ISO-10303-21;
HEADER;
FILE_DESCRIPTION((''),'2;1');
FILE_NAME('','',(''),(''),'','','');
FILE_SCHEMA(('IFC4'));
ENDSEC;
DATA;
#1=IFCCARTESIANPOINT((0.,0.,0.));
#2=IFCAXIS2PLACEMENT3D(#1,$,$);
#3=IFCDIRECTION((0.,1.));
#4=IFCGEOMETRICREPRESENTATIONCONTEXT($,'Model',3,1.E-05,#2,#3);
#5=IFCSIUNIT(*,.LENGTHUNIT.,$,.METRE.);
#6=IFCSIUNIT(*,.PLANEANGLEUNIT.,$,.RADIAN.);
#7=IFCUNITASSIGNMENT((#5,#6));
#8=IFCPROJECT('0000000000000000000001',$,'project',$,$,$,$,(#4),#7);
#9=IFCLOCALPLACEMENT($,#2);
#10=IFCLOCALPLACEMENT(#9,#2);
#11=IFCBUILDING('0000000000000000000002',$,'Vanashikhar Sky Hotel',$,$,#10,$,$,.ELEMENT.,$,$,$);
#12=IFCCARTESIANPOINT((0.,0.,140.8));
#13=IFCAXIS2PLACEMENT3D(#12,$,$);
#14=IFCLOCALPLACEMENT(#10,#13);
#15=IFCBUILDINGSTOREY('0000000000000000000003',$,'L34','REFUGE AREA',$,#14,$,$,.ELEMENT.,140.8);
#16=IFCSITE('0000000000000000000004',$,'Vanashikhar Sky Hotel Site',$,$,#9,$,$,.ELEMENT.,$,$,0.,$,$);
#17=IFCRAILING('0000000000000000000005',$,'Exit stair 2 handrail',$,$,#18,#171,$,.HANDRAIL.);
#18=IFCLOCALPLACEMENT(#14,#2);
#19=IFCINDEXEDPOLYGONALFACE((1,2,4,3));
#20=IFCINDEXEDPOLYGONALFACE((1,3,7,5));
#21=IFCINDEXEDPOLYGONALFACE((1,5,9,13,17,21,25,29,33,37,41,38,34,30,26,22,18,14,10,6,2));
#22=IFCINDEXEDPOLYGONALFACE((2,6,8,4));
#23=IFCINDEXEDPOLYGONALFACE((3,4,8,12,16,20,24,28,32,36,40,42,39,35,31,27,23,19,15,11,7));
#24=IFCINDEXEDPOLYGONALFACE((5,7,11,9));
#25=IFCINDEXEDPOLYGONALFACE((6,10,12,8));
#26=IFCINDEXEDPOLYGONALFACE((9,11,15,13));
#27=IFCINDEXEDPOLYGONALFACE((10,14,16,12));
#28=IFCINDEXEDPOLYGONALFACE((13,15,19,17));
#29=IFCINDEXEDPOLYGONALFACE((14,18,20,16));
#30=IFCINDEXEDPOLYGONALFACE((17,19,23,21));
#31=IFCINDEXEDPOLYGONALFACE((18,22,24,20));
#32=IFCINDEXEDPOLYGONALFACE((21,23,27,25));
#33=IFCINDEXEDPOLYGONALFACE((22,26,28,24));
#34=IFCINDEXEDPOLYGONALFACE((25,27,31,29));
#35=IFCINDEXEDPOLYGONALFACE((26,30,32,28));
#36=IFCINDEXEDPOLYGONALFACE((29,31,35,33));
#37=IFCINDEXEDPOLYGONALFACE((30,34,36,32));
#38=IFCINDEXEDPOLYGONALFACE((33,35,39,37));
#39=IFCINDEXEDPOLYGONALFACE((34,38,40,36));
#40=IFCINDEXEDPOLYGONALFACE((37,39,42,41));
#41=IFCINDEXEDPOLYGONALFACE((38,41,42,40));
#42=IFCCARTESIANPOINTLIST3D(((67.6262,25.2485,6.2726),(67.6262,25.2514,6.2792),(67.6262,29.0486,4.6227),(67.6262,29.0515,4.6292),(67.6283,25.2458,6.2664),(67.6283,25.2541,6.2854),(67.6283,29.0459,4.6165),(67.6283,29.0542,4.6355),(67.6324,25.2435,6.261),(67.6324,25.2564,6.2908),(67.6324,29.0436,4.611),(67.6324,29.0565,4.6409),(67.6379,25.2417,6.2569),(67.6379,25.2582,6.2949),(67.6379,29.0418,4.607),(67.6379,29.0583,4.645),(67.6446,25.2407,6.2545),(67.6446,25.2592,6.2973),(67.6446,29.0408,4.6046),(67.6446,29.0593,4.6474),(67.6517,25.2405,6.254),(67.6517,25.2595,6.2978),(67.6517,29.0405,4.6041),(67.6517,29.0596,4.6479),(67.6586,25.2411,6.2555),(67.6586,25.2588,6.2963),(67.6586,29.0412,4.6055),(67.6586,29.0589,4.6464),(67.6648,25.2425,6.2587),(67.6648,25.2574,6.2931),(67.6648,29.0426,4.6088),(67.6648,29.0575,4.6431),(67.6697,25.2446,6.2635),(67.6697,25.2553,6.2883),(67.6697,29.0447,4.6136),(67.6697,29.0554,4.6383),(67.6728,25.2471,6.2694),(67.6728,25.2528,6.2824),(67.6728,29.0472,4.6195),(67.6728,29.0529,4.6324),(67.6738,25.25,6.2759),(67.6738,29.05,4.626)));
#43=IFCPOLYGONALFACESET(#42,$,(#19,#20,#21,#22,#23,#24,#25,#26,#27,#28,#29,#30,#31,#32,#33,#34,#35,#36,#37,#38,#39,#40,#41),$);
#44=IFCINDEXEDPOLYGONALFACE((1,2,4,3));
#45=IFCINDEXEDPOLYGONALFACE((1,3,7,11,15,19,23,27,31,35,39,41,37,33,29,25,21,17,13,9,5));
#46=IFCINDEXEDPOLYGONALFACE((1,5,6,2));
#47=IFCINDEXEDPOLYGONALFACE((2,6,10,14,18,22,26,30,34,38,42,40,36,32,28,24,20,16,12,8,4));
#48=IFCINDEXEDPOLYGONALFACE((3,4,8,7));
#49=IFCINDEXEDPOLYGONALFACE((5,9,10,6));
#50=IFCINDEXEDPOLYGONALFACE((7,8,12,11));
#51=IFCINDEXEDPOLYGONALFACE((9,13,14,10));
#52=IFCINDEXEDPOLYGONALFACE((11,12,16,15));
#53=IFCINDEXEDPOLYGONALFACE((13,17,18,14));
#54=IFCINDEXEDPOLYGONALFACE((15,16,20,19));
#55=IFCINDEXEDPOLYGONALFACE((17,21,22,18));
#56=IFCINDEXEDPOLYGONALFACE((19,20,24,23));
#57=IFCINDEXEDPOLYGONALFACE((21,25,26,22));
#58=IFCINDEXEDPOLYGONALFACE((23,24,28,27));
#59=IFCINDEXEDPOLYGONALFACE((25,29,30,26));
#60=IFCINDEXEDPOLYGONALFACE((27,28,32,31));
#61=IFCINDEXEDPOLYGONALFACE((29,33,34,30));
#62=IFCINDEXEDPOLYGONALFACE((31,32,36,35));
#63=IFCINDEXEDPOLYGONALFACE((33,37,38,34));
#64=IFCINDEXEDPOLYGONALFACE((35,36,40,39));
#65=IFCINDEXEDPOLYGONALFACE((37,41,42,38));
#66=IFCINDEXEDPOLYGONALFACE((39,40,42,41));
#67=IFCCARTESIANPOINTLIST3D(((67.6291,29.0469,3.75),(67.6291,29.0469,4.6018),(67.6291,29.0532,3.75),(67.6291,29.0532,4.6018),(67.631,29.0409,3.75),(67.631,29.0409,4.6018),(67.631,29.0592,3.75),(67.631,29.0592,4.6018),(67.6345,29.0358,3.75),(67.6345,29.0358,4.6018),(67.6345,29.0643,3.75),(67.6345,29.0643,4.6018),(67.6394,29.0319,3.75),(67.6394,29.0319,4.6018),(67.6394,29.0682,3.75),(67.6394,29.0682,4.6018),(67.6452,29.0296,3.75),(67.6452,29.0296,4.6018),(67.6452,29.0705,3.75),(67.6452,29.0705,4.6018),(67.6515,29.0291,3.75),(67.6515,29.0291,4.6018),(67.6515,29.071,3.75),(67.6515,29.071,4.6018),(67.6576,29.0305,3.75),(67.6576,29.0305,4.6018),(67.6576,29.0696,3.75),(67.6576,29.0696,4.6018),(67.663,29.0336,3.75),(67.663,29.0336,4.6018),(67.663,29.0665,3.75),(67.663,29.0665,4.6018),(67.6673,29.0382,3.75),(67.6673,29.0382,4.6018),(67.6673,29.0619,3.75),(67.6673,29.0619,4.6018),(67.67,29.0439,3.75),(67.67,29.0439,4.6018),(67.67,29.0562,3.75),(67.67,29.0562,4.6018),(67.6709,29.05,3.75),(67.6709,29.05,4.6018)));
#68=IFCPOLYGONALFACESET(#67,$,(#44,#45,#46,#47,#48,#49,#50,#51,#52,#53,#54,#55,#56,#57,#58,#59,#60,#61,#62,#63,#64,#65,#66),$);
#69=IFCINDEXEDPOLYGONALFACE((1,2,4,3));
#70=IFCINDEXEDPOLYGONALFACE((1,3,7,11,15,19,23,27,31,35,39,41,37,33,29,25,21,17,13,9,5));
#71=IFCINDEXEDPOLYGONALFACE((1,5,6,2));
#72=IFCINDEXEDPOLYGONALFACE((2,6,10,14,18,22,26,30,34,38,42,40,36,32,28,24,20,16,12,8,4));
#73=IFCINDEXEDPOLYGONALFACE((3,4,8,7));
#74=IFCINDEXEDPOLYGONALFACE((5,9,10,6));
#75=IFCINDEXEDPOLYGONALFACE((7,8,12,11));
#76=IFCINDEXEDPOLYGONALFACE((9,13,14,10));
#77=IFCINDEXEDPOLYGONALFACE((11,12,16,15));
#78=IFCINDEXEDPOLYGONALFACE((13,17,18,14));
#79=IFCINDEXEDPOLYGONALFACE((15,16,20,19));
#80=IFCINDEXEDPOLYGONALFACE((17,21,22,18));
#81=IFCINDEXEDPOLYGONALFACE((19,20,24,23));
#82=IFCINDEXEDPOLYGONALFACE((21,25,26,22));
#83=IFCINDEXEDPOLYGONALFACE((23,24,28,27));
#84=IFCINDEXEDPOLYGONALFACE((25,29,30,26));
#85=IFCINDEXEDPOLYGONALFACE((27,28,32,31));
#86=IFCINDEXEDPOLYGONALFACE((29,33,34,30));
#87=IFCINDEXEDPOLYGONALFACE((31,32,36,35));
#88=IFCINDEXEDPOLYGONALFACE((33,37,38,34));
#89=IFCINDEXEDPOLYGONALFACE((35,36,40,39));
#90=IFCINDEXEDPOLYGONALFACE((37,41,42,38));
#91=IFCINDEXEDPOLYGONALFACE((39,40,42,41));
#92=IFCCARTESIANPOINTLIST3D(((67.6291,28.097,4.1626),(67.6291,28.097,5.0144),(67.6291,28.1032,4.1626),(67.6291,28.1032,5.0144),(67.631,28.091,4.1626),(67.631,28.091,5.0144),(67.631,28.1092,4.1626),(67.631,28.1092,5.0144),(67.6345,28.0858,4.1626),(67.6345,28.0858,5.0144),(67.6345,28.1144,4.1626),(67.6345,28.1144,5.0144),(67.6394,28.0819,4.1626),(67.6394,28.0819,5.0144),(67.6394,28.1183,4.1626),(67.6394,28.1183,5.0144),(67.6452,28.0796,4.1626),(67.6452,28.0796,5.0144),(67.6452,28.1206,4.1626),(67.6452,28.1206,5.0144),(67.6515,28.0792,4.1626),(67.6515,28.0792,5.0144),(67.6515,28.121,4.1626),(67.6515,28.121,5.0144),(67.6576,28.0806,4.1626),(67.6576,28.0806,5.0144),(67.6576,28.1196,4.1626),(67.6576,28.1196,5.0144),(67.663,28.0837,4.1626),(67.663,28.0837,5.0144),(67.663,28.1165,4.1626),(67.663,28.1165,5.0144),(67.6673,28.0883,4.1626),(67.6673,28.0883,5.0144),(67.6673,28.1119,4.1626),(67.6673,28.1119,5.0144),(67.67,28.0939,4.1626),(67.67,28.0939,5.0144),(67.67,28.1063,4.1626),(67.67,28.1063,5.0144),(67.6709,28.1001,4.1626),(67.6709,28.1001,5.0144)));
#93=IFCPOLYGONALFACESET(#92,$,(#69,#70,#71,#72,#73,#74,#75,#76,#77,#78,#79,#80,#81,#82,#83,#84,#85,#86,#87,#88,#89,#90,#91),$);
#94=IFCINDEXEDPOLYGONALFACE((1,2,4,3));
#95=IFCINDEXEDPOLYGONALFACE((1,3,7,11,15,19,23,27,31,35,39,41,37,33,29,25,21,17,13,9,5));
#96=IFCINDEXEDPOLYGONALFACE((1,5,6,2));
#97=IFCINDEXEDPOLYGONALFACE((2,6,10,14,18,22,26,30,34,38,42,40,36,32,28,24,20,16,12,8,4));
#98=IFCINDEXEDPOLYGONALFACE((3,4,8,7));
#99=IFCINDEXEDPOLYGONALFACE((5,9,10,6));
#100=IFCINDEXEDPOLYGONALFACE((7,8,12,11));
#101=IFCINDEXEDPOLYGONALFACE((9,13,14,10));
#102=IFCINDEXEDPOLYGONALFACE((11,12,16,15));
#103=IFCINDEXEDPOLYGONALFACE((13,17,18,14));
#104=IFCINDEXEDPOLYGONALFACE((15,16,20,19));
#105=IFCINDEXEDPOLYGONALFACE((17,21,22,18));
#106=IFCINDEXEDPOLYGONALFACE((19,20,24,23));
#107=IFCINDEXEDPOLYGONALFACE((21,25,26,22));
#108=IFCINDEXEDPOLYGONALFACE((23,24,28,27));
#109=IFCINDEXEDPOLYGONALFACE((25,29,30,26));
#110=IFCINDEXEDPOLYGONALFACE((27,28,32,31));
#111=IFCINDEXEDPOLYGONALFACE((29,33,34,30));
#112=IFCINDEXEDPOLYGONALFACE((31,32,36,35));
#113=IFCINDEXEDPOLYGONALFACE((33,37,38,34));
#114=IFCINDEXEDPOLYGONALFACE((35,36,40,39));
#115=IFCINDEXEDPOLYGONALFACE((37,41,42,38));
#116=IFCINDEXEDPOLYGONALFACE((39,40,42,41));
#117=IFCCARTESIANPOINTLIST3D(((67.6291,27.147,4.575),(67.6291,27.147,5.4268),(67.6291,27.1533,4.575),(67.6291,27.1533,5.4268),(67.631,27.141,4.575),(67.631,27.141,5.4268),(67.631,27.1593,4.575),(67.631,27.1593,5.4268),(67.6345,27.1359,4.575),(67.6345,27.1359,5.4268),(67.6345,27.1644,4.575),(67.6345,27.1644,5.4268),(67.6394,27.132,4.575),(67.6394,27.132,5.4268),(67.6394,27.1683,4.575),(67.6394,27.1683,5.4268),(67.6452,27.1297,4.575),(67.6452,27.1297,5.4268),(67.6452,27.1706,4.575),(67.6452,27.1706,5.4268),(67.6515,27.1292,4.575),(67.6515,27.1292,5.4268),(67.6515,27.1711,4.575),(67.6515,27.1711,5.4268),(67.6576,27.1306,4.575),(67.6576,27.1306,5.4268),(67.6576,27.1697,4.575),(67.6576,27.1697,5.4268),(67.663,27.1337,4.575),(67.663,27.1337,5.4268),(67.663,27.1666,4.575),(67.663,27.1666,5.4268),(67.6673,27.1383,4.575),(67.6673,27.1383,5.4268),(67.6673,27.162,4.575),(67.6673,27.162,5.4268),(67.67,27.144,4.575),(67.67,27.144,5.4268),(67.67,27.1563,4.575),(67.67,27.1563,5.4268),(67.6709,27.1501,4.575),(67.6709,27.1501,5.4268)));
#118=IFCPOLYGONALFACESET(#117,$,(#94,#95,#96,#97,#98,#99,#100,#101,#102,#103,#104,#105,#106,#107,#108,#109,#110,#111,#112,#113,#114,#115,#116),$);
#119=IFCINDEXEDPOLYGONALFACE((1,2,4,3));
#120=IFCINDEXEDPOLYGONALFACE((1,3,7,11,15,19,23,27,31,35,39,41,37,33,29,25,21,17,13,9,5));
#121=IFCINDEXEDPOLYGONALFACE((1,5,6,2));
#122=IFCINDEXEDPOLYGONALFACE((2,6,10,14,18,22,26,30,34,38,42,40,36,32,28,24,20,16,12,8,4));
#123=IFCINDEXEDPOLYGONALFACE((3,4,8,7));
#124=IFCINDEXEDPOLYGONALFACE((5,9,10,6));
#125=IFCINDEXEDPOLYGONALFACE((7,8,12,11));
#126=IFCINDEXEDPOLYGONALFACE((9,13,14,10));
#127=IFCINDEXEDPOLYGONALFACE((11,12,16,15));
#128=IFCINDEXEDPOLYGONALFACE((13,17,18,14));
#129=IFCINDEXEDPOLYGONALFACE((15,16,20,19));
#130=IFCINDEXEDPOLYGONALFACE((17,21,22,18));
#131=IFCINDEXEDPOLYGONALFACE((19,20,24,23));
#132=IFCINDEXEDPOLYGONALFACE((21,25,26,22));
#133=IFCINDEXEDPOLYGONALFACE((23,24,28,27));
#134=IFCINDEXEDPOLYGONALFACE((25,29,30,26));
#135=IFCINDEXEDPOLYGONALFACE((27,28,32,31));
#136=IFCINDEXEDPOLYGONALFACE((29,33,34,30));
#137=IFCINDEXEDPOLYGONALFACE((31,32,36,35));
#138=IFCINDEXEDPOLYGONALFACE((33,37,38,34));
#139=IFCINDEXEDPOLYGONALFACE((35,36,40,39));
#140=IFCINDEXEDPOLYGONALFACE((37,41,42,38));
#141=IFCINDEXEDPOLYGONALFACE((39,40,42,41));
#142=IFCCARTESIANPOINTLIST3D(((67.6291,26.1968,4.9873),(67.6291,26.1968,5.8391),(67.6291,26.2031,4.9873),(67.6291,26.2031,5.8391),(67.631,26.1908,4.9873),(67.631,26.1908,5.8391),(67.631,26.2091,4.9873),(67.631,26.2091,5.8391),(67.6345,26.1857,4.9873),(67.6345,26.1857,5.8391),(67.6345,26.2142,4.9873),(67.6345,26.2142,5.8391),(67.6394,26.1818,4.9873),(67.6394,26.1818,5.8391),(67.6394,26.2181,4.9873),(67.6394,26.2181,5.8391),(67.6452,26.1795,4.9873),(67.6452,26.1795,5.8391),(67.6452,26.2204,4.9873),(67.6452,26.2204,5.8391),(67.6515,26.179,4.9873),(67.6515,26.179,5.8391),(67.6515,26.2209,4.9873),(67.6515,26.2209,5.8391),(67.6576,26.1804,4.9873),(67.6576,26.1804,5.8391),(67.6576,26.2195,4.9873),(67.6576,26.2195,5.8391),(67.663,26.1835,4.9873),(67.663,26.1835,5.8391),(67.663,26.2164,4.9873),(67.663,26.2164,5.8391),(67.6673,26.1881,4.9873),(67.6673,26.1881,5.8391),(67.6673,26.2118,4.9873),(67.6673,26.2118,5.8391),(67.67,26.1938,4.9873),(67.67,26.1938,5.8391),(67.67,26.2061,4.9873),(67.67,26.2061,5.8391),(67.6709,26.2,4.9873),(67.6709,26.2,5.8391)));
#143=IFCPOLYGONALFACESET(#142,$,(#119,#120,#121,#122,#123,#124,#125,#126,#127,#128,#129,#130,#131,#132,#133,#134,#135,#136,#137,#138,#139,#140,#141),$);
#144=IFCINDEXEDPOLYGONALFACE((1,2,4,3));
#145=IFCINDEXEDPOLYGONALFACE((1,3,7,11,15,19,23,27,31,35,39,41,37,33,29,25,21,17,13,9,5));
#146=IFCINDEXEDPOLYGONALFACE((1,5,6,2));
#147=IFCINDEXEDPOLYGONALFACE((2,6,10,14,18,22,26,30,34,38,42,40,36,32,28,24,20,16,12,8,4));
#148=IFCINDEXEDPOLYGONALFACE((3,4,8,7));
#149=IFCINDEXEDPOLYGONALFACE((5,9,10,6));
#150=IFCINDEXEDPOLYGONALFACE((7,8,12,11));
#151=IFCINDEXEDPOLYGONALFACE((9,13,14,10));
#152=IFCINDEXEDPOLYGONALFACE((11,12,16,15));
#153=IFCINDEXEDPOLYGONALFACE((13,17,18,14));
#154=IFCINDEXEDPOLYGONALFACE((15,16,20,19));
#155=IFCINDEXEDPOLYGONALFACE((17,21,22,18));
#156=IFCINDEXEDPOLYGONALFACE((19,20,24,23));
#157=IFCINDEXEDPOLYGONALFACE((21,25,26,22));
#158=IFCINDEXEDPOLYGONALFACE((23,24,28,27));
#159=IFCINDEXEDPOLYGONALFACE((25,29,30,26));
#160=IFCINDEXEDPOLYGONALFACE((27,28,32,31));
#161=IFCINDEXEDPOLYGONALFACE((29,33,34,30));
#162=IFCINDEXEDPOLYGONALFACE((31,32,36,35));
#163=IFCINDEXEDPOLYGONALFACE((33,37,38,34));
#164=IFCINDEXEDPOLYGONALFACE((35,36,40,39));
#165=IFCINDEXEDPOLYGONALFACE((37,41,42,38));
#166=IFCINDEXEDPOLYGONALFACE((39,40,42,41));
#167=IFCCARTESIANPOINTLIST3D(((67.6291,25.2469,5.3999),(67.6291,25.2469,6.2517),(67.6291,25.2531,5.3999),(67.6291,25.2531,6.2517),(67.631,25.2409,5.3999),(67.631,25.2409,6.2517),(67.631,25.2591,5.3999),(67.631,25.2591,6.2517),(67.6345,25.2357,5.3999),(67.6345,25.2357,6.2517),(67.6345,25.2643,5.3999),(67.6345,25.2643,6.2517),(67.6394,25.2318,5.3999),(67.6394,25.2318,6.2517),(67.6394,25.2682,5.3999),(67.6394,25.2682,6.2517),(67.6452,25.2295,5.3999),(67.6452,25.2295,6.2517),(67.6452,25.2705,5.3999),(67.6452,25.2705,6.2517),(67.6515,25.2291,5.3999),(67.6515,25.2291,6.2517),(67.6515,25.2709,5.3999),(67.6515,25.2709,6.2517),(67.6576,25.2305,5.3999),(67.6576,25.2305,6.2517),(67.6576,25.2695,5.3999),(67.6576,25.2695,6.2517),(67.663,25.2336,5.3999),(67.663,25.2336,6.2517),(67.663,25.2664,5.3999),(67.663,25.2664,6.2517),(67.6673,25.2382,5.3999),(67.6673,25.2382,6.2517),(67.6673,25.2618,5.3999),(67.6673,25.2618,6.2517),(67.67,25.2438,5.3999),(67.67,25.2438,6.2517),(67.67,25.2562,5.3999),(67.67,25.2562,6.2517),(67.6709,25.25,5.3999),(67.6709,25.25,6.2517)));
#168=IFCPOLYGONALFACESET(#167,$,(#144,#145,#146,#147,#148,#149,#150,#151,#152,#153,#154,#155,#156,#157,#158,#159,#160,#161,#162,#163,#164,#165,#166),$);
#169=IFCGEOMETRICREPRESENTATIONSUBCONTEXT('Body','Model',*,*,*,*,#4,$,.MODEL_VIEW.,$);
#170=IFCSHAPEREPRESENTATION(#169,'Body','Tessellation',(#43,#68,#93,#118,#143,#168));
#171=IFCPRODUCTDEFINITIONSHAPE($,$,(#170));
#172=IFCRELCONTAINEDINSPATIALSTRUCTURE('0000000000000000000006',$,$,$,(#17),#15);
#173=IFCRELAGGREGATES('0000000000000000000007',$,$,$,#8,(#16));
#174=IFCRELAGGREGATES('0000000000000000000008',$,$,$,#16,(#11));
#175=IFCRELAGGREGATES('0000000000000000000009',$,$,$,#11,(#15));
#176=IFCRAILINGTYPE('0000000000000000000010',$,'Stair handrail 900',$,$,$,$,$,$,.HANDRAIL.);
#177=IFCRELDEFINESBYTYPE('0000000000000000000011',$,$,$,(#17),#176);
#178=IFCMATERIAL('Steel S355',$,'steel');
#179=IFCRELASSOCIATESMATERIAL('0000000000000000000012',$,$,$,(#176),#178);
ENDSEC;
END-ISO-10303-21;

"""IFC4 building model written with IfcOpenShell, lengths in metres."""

from ifc_helpers import new_model, si_unit, direction, frame, origin, origin_2d, place, context, subcontext, project, spatial, circle, extrude, source, transform, mapped, material, type_object, element, save


model = new_model("IFC4")

# Units and contexts
model_context = context("Model", 3, precision=1e-05, world=origin(), true_north=direction((0.0, 1.0)))
body_context = subcontext(model_context, "Body", "Model", "MODEL_VIEW")
ifc_project = project(units=[si_unit("LENGTHUNIT", "METRE"), si_unit("PLANEANGLEUNIT", "RADIAN")], contexts=[model_context])

# Site, building, storey
site_placement = place(None, origin())
site = spatial("IfcSite", under=ifc_project, at=site_placement, Name="Vanashikhar Sky Hotel Site", CompositionType="ELEMENT", RefElevation=0.0)
building_placement = place(site_placement, origin())
building = spatial("IfcBuilding", under=site, at=building_placement, Name="Vanashikhar Sky Hotel", CompositionType="ELEMENT")
storey_placement = place(building_placement, frame((0.0, 0.0, 140.8)))
storey = spatial("IfcBuildingStorey", under=building, at=storey_placement, Name="L34", Description="REFUGE AREA", CompositionType="ELEMENT", Elevation=140.8)

# Railing
ifc_material_1 = material(Name="Steel S355", Category="steel")
railing_type_1 = type_object("IfcRailingType", Name="Stair handrail 900", PredefinedType="HANDRAIL", material=ifc_material_1)
shared_shape_1 = source(origin(), body_context, "Body", "SweptSolid", [
    extrude(circle(Radius=0.0239, at=origin_2d()), frame((0.0, 0.0, 0.876), z_axis=(0.0, -0.917272, 0.398261), x_axis=(1.0, 0.0, 0.0)), (0.0, 0.0, 1.0), 4.1428),
    extrude(circle(Radius=0.021, at=origin_2d()), origin(), (0.0, 0.0, 1.0), 0.8518),
    extrude(circle(Radius=0.021, at=origin_2d()), frame((0.0, -0.95, 0.4126)), (0.0, 0.0, 1.0), 0.8518),
    extrude(circle(Radius=0.021, at=origin_2d()), frame((0.0, -1.8999, 0.825)), (0.0, 0.0, 1.0), 0.8518),
    extrude(circle(Radius=0.021, at=origin_2d()), frame((0.0, -2.8501, 1.2373)), (0.0, 0.0, 1.0), 0.8518),
    extrude(circle(Radius=0.021, at=origin_2d()), frame((0.0, -3.8, 1.6499)), (0.0, 0.0, 1.0), 0.8518),
])
for number, where, name in (
    (1, (67.6499, 29.05, 3.75), "Exit stair 2 handrail"),
):
    element("IfcRailing", number, at=place(storey_placement, frame(where)), inside=storey, type_object=railing_type_1, Name=name, PredefinedType="HANDRAIL", context=body_context, shape_type="MappedRepresentation", body=[
        mapped(shared_shape_1, transform((0.0, 0.0, 0.0), scale=1.0)),
    ])

save(model, "model.ifc")
